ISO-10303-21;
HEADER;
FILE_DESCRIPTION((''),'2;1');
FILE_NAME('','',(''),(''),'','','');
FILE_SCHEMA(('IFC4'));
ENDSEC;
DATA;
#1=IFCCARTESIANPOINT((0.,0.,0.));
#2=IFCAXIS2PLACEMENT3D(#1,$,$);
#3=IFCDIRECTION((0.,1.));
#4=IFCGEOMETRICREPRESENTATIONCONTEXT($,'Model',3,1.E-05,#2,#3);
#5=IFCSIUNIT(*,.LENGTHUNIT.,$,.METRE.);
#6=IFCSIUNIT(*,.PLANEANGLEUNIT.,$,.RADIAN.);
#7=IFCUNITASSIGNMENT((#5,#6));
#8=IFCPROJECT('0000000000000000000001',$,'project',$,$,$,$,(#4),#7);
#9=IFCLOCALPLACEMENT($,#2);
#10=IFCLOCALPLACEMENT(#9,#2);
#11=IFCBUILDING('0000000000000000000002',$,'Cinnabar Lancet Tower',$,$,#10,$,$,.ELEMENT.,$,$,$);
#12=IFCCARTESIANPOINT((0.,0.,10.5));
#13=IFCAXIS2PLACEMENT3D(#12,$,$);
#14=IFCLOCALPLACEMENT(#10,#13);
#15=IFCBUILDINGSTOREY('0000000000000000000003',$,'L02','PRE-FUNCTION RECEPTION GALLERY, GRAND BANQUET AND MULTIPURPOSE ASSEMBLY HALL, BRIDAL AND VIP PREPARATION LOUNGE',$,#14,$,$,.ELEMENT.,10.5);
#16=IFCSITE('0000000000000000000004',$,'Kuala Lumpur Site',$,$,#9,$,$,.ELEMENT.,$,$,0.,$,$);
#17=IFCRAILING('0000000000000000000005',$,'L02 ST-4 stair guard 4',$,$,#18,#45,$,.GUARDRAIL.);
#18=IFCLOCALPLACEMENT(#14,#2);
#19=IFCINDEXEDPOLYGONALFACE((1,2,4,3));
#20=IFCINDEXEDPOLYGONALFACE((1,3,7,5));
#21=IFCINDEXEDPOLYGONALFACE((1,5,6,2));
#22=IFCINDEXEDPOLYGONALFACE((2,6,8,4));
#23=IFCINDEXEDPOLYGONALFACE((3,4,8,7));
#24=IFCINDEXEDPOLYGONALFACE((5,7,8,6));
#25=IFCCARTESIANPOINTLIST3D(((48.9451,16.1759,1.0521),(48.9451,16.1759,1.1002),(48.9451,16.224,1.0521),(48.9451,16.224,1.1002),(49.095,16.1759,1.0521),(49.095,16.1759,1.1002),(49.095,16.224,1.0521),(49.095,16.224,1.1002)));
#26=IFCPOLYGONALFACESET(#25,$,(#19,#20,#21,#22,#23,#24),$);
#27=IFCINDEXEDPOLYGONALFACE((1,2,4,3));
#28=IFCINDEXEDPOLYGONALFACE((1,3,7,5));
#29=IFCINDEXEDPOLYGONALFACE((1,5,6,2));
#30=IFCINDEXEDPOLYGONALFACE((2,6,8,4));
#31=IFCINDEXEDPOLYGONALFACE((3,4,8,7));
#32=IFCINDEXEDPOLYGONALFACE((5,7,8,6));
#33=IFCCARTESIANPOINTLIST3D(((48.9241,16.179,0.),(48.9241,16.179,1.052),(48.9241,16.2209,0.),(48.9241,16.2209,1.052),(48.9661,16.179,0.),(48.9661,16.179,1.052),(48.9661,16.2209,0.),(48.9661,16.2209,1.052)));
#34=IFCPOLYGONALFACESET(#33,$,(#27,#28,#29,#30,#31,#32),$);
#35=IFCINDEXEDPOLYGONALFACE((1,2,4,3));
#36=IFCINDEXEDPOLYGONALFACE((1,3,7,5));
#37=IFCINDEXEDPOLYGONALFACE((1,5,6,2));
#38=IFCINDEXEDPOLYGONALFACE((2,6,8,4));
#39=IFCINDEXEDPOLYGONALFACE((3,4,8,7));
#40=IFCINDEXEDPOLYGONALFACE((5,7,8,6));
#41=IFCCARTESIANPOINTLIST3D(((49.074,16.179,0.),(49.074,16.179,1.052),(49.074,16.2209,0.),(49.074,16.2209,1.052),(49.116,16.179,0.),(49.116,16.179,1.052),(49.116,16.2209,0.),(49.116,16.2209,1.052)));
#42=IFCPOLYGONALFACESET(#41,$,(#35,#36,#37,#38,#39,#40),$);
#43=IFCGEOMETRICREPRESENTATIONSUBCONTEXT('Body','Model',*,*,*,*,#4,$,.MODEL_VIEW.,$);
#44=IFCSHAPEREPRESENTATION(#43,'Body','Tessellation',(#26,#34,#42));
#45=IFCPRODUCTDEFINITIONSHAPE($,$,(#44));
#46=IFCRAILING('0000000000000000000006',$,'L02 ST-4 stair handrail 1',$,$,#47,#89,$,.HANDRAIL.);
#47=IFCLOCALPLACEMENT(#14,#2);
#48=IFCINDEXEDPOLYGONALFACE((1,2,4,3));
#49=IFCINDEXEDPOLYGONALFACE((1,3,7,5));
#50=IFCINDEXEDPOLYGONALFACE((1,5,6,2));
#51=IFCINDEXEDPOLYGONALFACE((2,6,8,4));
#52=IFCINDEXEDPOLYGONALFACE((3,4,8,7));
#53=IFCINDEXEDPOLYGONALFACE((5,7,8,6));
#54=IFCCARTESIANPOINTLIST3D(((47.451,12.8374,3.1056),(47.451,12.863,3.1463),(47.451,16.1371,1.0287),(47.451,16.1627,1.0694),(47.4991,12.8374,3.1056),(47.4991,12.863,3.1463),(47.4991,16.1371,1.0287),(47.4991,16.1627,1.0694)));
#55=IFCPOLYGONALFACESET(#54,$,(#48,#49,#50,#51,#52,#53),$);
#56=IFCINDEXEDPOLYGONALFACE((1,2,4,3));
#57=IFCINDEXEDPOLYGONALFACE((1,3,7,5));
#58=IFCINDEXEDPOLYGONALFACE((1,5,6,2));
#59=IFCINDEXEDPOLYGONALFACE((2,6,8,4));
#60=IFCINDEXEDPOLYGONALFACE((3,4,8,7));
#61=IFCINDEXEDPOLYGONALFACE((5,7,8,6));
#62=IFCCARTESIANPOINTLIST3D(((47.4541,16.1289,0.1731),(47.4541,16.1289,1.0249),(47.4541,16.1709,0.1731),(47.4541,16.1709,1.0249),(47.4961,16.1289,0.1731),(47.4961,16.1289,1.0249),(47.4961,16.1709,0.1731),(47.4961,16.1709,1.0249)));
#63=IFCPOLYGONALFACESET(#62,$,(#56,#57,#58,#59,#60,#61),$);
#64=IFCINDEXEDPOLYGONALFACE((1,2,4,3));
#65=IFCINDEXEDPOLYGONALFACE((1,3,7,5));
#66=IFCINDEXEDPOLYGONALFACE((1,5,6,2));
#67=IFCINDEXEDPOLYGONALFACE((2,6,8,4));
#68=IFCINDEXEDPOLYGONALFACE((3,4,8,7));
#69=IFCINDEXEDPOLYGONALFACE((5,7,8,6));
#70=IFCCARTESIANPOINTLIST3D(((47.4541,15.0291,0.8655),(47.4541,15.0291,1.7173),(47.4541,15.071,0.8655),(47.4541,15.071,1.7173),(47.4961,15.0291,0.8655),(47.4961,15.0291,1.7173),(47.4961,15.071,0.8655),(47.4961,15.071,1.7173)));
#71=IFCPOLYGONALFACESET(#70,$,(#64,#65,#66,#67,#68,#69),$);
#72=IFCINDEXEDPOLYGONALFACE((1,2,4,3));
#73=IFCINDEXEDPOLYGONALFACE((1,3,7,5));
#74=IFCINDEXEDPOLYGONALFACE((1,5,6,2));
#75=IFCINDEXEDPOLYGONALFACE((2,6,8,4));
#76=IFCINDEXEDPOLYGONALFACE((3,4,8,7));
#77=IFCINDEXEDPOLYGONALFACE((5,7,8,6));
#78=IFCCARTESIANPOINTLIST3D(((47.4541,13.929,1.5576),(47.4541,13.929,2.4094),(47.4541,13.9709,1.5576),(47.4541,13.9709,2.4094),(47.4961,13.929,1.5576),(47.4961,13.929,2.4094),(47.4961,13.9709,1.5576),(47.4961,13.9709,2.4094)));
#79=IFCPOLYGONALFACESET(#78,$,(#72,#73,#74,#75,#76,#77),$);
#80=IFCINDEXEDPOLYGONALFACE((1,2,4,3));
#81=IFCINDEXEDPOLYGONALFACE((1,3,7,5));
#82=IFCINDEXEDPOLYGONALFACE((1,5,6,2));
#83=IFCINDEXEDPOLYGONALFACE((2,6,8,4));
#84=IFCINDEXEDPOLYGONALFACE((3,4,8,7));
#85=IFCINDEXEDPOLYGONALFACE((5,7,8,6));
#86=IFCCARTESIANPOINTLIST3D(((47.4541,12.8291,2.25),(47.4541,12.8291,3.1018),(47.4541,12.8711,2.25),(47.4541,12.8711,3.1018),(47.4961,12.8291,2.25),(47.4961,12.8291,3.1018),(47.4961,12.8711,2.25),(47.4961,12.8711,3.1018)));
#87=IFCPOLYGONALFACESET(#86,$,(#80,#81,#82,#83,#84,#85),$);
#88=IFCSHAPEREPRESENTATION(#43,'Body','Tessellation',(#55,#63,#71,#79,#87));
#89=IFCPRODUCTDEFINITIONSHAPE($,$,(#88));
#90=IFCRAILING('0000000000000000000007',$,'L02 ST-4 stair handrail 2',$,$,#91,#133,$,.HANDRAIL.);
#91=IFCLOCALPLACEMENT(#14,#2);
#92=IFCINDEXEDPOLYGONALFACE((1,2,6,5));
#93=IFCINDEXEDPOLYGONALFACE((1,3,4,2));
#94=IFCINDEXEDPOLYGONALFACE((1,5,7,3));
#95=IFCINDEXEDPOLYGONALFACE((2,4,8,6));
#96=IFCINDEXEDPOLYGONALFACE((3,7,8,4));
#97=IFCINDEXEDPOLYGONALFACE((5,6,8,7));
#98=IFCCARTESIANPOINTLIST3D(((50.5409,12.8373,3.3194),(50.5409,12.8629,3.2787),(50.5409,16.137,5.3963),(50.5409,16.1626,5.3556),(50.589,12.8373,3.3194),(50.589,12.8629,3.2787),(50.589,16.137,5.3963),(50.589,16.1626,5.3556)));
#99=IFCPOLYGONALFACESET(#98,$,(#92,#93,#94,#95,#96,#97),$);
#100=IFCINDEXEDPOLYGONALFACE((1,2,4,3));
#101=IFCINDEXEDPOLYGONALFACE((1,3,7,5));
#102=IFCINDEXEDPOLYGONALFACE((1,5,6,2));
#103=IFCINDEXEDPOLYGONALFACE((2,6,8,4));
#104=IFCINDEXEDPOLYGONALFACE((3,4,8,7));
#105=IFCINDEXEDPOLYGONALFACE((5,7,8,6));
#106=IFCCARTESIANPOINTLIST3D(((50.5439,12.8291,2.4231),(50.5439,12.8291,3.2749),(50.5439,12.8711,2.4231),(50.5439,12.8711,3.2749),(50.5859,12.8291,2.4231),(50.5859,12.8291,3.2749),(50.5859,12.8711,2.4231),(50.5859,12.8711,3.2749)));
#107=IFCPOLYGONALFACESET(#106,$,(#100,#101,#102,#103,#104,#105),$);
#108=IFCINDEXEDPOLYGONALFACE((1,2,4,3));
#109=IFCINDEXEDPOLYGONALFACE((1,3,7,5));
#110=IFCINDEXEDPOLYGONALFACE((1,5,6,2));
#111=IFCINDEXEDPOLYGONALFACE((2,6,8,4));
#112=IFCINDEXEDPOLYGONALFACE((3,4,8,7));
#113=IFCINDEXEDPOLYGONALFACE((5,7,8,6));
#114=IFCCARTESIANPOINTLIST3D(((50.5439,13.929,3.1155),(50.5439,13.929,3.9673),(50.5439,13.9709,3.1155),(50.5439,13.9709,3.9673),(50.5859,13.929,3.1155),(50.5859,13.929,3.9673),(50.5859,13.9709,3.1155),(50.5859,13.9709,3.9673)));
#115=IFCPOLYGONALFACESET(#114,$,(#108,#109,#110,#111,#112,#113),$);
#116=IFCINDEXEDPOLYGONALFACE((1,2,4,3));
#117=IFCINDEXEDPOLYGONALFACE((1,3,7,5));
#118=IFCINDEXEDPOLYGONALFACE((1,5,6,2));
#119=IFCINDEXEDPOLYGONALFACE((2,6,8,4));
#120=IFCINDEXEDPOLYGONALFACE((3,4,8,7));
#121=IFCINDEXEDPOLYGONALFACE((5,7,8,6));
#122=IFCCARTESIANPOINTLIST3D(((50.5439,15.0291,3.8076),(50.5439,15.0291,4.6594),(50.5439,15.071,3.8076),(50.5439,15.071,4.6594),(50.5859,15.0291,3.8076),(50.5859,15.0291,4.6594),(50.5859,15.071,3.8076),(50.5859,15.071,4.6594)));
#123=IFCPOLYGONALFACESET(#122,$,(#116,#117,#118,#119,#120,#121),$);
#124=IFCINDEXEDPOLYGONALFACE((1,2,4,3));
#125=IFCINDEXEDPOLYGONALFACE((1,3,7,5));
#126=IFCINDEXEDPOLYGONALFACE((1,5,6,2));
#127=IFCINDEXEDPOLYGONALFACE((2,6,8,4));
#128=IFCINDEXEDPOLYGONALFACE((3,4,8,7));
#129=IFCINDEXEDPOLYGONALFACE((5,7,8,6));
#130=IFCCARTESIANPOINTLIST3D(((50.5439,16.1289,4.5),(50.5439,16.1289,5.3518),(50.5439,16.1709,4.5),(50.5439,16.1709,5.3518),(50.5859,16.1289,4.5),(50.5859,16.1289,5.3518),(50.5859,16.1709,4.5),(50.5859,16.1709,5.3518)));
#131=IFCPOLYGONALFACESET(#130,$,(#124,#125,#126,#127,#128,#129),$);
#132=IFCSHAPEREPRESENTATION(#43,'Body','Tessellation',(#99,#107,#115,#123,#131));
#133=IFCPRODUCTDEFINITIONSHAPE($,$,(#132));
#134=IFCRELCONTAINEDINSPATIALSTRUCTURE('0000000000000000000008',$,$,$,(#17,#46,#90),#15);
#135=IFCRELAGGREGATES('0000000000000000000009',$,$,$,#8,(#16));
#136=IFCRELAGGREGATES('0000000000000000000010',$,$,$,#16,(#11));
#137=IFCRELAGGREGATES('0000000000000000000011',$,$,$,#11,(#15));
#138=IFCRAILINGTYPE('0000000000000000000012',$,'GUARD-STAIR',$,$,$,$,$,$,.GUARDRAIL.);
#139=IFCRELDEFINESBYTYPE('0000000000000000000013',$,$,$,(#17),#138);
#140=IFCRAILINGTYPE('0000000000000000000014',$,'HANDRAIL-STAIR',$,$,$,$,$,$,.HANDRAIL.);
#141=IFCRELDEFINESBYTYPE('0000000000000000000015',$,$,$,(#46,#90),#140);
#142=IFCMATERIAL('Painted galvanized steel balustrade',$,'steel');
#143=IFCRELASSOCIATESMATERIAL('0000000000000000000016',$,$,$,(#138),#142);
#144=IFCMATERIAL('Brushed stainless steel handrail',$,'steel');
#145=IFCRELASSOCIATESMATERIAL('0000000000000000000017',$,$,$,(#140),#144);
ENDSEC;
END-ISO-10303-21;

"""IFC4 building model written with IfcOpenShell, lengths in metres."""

from ifc_helpers import new_model, si_unit, direction, frame, origin, origin_2d, place, context, subcontext, project, spatial, rectangle, extrude, material, type_object, element, save


model = new_model("IFC4")

# Units and contexts
model_context = context("Model", 3, precision=1e-05, world=origin(), true_north=direction((0.0, 1.0)))
body_context = subcontext(model_context, "Body", "Model", "MODEL_VIEW")
ifc_project = project(units=[si_unit("LENGTHUNIT", "METRE"), si_unit("PLANEANGLEUNIT", "RADIAN")], contexts=[model_context])

# Site, building, storey
site_placement = place(None, origin())
site = spatial("IfcSite", under=ifc_project, at=site_placement, Name="Kuala Lumpur Site", CompositionType="ELEMENT", RefElevation=0.0)
building_placement = place(site_placement, origin())
building = spatial("IfcBuilding", under=site, at=building_placement, Name="Cinnabar Lancet Tower", CompositionType="ELEMENT")
storey_placement = place(building_placement, frame((0.0, 0.0, 10.5)))
storey = spatial("IfcBuildingStorey", under=building, at=storey_placement, Name="L02", Description="PRE-FUNCTION RECEPTION GALLERY, GRAND BANQUET AND MULTIPURPOSE ASSEMBLY HALL, BRIDAL AND VIP PREPARATION LOUNGE", CompositionType="ELEMENT", Elevation=10.5)

# Railings
ifc_material_1 = material(Name="Painted galvanized steel balustrade", Category="steel")
railing_type_1 = type_object("IfcRailingType", Name="GUARD-STAIR", PredefinedType="GUARDRAIL", material=ifc_material_1)
railing_1_placement = place(storey_placement, frame((48.9451, 16.2, 0.0)))
element("IfcRailing", 1, at=railing_1_placement, inside=storey, type_object=railing_type_1, Name="L02 ST-4 stair guard 4", PredefinedType="GUARDRAIL", context=body_context, shape_type="SweptSolid", body=[
    extrude(rectangle(XDim=0.0481, YDim=0.0481, at=origin_2d()), frame((0.0, 0.0, 1.0762), z_axis=(1.0, 0.0, 0.0), x_axis=(0.0, 1.0, 0.0)), (0.0, 0.0, 1.0), 0.1499),
    extrude(rectangle(XDim=0.042, YDim=0.042, at=origin_2d()), origin(), (0.0, 0.0, 1.0), 1.052),
    extrude(rectangle(XDim=0.042, YDim=0.042, at=origin_2d()), frame((0.1499, 0.0, 0.0)), (0.0, 0.0, 1.0), 1.052),
])
ifc_material_2 = material(Name="Brushed stainless steel handrail", Category="steel")
railing_type_2 = type_object("IfcRailingType", Name="HANDRAIL-STAIR", PredefinedType="HANDRAIL", material=ifc_material_2)
railing_2_placement = place(storey_placement, frame((47.4751, 16.1499, 0.1731)))
element("IfcRailing", 2, at=railing_2_placement, inside=storey, type_object=railing_type_2, Name="L02 ST-4 stair handrail 1", PredefinedType="HANDRAIL", context=body_context, shape_type="SweptSolid", body=[
    extrude(rectangle(XDim=0.0481, YDim=0.0481, at=origin_2d()), frame((0.0, 0.0, 0.876), z_axis=(0.0, -0.84632, 0.532675), x_axis=(1.0, 0.0, 0.0)), (0.0, 0.0, 1.0), 3.8989),
    extrude(rectangle(XDim=0.042, YDim=0.042, at=origin_2d()), origin(), (0.0, 0.0, 1.0), 0.8518),
    extrude(rectangle(XDim=0.042, YDim=0.042, at=origin_2d()), frame((0.0, -1.0999, 0.6924)), (0.0, 0.0, 1.0), 0.8518),
    extrude(rectangle(XDim=0.042, YDim=0.042, at=origin_2d()), frame((0.0, -2.2, 1.3845)), (0.0, 0.0, 1.0), 0.8518),
    extrude(rectangle(XDim=0.042, YDim=0.042, at=origin_2d()), frame((0.0, -3.2998, 2.0769)), (0.0, 0.0, 1.0), 0.8518),
])
railing_3_placement = place(storey_placement, frame((50.5649, 12.8501, 2.4231)))
element("IfcRailing", 3, at=railing_3_placement, inside=storey, type_object=railing_type_2, Name="L02 ST-4 stair handrail 2", PredefinedType="HANDRAIL", context=body_context, shape_type="SweptSolid", body=[
    extrude(rectangle(XDim=0.0481, YDim=0.0481, at=origin_2d()), frame((0.0, 0.0, 0.876), z_axis=(0.0, 0.84632, 0.532675), x_axis=(-1.0, 0.0, 0.0)), (0.0, 0.0, 1.0), 3.8989),
    extrude(rectangle(XDim=0.042, YDim=0.042, at=origin_2d()), origin(), (0.0, 0.0, 1.0), 0.8518),
    extrude(rectangle(XDim=0.042, YDim=0.042, at=origin_2d()), frame((0.0, 1.0999, 0.6924)), (0.0, 0.0, 1.0), 0.8518),
    extrude(rectangle(XDim=0.042, YDim=0.042, at=origin_2d()), frame((0.0, 2.2, 1.3845)), (0.0, 0.0, 1.0), 0.8518),
    extrude(rectangle(XDim=0.042, YDim=0.042, at=origin_2d()), frame((0.0, 3.2998, 2.0769)), (0.0, 0.0, 1.0), 0.8518),
])

save(model, "model.ifc")
